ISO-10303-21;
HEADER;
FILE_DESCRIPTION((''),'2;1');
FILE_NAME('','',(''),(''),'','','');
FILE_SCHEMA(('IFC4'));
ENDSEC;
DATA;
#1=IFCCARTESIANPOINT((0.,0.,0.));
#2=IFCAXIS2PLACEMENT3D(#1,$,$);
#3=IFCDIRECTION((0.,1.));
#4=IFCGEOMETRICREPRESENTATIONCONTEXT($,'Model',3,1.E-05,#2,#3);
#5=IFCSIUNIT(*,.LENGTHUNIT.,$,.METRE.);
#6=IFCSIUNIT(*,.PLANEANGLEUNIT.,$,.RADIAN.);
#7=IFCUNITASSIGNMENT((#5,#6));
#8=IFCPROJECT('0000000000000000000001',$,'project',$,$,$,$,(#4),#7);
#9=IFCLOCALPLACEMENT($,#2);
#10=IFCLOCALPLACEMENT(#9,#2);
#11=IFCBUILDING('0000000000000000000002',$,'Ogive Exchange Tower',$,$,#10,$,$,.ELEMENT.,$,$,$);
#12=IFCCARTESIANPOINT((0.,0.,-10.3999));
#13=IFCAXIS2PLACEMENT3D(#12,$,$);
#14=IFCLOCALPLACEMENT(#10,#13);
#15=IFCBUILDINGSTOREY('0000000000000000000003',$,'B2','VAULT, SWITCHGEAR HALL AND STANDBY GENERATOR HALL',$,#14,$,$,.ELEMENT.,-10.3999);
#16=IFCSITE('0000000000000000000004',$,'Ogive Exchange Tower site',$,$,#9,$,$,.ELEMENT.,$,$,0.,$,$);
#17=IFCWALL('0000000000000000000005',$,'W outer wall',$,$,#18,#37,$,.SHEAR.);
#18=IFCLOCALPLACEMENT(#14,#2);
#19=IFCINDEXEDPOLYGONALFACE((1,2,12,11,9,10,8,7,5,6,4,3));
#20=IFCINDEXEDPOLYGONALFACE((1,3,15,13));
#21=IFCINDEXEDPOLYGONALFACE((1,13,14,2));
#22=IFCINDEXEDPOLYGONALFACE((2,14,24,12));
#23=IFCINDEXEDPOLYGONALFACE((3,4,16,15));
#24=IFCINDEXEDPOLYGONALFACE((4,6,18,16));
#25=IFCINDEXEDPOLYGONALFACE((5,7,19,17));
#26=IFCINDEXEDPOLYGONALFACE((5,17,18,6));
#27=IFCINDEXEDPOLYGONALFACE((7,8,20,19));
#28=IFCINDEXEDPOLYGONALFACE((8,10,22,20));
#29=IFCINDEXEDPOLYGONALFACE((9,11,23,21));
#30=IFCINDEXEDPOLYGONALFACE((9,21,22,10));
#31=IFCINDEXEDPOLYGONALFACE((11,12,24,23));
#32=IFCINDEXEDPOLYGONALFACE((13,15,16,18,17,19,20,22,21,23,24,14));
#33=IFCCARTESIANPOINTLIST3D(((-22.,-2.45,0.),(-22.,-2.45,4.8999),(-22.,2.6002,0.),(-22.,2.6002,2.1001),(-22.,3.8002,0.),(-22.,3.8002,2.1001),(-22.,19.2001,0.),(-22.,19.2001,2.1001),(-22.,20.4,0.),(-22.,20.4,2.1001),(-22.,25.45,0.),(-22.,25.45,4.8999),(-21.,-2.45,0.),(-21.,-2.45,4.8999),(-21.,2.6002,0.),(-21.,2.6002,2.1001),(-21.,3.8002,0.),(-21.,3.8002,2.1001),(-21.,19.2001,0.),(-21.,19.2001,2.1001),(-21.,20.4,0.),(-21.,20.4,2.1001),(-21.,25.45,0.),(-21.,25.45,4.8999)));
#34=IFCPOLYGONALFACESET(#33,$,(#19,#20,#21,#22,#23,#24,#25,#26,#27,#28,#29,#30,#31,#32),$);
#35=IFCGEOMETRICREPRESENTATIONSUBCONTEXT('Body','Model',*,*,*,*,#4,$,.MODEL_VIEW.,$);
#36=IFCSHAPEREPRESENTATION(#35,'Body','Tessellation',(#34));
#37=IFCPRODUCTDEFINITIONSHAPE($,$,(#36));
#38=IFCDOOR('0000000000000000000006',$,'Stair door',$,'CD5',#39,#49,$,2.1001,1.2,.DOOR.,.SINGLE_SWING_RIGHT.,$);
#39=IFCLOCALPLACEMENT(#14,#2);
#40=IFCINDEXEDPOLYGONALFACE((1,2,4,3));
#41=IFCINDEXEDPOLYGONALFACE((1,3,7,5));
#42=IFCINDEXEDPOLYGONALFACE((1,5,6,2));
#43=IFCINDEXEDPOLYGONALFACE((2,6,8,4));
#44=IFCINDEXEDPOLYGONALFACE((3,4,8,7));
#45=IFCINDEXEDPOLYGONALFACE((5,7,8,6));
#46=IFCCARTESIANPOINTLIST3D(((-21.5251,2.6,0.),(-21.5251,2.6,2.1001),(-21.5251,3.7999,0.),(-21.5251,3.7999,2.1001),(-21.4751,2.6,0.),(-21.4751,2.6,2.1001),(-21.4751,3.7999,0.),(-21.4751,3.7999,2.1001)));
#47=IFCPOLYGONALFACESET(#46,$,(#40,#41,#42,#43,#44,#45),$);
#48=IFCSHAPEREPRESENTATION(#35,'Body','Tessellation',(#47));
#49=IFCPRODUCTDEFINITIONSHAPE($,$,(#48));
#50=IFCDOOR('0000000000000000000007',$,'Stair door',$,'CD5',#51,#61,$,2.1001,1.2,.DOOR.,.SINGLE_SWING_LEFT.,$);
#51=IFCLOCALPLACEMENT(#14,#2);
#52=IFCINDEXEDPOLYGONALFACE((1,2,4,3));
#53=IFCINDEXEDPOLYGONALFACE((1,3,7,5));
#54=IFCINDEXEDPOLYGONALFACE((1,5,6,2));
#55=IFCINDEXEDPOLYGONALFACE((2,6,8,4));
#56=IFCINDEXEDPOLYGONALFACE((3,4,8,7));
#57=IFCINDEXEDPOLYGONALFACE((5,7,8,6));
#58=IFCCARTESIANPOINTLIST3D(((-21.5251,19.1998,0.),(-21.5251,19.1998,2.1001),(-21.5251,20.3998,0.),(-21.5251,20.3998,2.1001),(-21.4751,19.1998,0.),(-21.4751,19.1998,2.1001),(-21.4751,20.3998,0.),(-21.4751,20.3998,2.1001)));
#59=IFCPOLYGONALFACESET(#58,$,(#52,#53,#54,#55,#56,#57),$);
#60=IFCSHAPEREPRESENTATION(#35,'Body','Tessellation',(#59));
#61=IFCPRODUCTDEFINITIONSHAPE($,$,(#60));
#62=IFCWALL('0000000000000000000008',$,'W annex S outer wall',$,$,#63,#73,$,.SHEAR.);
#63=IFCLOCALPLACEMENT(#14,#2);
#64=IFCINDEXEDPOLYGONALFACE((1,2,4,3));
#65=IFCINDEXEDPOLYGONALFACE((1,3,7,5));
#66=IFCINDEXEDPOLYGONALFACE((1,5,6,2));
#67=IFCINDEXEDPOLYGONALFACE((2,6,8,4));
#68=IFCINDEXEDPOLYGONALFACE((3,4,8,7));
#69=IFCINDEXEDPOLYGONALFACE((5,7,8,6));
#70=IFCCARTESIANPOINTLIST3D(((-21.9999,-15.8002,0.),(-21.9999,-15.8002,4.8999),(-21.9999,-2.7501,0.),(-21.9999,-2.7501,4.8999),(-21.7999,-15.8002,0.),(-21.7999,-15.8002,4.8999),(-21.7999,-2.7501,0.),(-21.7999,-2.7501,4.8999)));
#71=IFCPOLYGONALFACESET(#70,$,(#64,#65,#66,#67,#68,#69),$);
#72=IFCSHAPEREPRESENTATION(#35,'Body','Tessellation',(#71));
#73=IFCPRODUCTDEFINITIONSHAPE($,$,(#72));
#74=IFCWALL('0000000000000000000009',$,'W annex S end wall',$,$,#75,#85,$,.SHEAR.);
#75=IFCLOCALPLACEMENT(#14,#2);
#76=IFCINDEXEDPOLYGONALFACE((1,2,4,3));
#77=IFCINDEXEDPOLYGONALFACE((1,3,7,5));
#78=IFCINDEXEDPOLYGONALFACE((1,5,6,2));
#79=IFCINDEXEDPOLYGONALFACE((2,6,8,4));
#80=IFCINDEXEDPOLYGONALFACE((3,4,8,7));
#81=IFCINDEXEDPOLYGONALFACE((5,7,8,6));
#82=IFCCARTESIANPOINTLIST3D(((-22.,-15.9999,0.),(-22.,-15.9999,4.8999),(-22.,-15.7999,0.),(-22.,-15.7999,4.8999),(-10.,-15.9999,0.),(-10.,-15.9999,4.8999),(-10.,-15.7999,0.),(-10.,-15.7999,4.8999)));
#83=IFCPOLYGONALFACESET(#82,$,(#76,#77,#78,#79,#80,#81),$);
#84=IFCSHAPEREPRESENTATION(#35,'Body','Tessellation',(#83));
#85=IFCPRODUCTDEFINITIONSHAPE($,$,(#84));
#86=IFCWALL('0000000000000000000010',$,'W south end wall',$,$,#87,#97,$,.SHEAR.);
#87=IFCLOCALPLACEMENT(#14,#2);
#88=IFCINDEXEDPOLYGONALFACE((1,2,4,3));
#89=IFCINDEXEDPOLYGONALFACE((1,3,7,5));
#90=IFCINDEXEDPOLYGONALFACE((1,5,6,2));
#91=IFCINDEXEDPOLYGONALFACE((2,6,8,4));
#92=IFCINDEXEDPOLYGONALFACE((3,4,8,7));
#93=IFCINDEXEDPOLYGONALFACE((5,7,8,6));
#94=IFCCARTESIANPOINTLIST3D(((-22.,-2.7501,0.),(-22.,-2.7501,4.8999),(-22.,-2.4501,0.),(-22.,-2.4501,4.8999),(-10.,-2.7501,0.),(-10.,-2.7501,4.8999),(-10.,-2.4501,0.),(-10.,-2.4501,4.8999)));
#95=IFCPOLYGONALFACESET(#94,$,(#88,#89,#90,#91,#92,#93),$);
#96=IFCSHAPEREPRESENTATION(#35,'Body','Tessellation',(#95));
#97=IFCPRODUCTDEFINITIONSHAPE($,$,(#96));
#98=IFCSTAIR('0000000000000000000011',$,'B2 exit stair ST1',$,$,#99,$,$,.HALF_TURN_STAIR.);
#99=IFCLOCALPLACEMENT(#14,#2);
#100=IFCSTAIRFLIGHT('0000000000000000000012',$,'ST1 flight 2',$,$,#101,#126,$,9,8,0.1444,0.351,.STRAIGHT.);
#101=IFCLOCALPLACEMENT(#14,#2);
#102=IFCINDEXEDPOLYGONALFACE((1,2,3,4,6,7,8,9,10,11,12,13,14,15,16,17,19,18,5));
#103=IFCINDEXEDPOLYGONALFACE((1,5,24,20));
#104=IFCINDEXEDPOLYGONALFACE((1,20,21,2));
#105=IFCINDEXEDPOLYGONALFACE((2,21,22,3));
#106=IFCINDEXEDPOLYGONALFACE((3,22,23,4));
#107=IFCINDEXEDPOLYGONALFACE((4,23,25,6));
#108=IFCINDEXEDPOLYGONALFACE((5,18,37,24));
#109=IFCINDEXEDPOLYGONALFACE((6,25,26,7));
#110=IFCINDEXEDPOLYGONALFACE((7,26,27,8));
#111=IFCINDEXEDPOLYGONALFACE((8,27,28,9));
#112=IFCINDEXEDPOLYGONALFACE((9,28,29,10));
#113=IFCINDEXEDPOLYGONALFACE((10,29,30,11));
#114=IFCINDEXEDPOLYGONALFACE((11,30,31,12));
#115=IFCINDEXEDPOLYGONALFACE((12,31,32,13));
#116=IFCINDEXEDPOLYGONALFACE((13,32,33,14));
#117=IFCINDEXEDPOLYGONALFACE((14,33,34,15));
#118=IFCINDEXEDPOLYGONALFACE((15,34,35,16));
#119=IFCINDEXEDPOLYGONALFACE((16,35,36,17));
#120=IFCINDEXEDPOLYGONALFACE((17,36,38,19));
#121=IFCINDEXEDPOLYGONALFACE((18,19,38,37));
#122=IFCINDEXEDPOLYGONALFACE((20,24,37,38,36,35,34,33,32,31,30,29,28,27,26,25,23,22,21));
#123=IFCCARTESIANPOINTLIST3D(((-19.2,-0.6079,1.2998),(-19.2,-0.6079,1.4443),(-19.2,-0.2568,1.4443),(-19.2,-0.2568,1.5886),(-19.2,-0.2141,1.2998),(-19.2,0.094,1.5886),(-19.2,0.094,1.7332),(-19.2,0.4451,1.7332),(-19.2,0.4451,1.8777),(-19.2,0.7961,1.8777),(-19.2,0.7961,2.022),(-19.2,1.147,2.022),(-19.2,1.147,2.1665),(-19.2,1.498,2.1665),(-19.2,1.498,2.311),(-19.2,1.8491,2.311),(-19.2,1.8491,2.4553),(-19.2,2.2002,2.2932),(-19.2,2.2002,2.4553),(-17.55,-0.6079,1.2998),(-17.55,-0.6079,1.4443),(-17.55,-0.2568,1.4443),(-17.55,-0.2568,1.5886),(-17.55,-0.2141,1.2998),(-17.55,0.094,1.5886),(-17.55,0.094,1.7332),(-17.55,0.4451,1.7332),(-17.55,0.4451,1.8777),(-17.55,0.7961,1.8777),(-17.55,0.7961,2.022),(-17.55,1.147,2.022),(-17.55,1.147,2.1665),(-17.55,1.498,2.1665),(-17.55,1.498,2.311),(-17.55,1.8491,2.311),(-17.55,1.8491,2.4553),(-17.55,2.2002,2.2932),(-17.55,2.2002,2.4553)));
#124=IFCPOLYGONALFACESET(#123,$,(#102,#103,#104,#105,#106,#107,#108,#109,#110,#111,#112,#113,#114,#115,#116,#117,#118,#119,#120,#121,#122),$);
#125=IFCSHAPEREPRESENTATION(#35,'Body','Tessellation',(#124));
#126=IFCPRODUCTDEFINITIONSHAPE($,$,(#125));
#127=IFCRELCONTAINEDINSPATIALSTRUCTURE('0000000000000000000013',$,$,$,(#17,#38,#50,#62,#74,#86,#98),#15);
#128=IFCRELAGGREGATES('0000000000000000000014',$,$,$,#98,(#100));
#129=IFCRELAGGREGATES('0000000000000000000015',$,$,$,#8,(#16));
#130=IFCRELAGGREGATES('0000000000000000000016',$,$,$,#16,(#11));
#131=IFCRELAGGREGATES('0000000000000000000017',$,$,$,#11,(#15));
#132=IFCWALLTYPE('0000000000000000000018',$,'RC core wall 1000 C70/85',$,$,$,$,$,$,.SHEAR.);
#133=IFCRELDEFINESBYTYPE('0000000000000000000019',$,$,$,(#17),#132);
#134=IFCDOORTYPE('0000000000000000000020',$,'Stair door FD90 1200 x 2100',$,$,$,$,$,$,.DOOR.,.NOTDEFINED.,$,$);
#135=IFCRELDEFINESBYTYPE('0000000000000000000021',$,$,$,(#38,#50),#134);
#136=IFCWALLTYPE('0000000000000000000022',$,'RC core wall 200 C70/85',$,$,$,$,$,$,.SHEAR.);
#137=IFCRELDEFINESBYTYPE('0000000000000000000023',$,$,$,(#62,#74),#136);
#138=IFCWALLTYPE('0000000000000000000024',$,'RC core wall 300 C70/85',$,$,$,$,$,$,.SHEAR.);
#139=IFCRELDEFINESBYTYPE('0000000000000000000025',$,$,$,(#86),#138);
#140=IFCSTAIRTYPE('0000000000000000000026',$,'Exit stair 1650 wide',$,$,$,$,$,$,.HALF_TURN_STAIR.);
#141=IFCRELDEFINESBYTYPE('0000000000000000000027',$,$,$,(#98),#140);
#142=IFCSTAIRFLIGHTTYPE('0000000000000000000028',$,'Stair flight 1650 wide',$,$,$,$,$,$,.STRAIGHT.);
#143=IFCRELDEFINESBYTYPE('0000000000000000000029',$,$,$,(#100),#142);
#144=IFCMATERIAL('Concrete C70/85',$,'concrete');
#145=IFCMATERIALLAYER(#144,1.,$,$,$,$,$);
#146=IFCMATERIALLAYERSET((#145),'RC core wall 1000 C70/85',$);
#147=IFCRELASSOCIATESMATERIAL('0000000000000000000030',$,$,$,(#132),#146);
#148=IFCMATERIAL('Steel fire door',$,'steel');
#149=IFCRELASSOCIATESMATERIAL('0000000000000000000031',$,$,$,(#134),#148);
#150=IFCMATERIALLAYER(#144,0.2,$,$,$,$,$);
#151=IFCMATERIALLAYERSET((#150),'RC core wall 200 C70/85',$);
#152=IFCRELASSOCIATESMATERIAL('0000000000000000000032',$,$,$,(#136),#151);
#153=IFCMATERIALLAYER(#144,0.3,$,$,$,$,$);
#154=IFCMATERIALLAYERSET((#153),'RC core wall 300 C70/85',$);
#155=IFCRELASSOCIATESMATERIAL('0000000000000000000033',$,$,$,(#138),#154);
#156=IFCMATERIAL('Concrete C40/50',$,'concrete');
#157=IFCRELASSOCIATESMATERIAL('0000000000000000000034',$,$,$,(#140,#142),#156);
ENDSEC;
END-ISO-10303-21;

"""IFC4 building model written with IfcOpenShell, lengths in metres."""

from ifc_helpers import new_model, si_unit, direction, frame, frame_2d, origin, place, context, subcontext, project, spatial, polyline, rectangle, outline, extrude, material, layer, layer_set, type_object, element, fill, aggregate, save


model = new_model("IFC4")

# Units and contexts
model_context = context("Model", 3, precision=1e-05, world=origin(), true_north=direction((0.0, 1.0)))
body_context = subcontext(model_context, "Body", "Model", "MODEL_VIEW")
ifc_project = project(units=[si_unit("LENGTHUNIT", "METRE"), si_unit("PLANEANGLEUNIT", "RADIAN")], contexts=[model_context])

# Site, building, storey
site_placement = place(None, origin())
site = spatial("IfcSite", under=ifc_project, at=site_placement, Name="Ogive Exchange Tower site", CompositionType="ELEMENT", RefElevation=0.0)
building_placement = place(site_placement, origin())
building = spatial("IfcBuilding", under=site, at=building_placement, Name="Ogive Exchange Tower", CompositionType="ELEMENT")
storey_placement = place(building_placement, frame((0.0, 0.0, -10.3999)))
storey = spatial("IfcBuildingStorey", under=building, at=storey_placement, Name="B2", Description="VAULT, SWITCHGEAR HALL AND STANDBY GENERATOR HALL", CompositionType="ELEMENT", Elevation=-10.3999)

# Shared definitions
ifc_material_1 = material(Name="Concrete C40/50", Category="concrete")

# Shared definitions
ifc_material_2 = material(Name="Concrete C70/85", Category="concrete")

# Wall, openings, doors
ifc_layer_1 = layer(ifc_material_2, 1.0)
ifc_layer_set_1 = layer_set([ifc_layer_1], Name="RC core wall 1000 C70/85")
wall_type_1 = type_object("IfcWallType", Name="RC core wall 1000 C70/85", PredefinedType="SHEAR", material=ifc_layer_set_1)
wall_1_placement = place(storey_placement, frame((-21.5, -2.45, 0.0), z_axis=(0.0, 0.0, 1.0), x_axis=(0.0, 1.0, 0.0)))
wall_1 = element("IfcWall", 1, at=wall_1_placement, inside=storey, type_object=wall_type_1, Name="W outer wall", PredefinedType="SHEAR", context=body_context, shape_type="SweptSolid", body=[
    extrude(rectangle(XDim=27.8999, YDim=1.0, at=frame_2d((13.95, 0.0))), origin(), (0.0, 0.0, 1.0), 4.8999),
])
opening_1_placement = place(wall_1_placement, frame((5.05, 0.0, 0.0)))
opening_1 = element("IfcOpeningElement", 2, at=opening_1_placement, cuts=wall_1, PredefinedType="OPENING", context=body_context, shape_type="SweptSolid", body=[
    extrude(rectangle(XDim=1.2, YDim=2.1001, at=frame_2d((0.6001, 1.05))), frame((0.0, 0.51, 0.0), z_axis=(0.0, -1.0, 0.0), x_axis=(1.0, 0.0, 0.0)), (0.0, 0.0, 1.0), 1.02),
])
opening_2_placement = place(wall_1_placement, frame((21.6499, 0.0, 0.0)))
opening_2 = element("IfcOpeningElement", 3, at=opening_2_placement, cuts=wall_1, PredefinedType="OPENING", context=body_context, shape_type="SweptSolid", body=[
    extrude(rectangle(XDim=1.2, YDim=2.1001, at=frame_2d((0.6001, 1.05))), frame((0.0, 0.51, 0.0), z_axis=(0.0, -1.0, 0.0), x_axis=(1.0, 0.0, 0.0)), (0.0, 0.0, 1.0), 1.02),
])
ifc_material_3 = material(Name="Steel fire door", Category="steel")
door_type_1 = type_object("IfcDoorType", Name="Stair door FD90 1200 x 2100", OperationType="NOTDEFINED", PredefinedType="DOOR", material=ifc_material_3)
door_1_placement = place(opening_1_placement, frame((1.2, 0.0, 0.0), z_axis=(0.0, 0.0, 1.0), x_axis=(-1.0, 0.0, 0.0)))
door_1 = element("IfcDoor", 4, at=door_1_placement, inside=storey, type_object=door_type_1, Name="Stair door", ObjectType="CD5", OperationType="SINGLE_SWING_RIGHT", OverallHeight=2.1001, OverallWidth=1.2, PredefinedType="DOOR", context=body_context, shape_type="SweptSolid", body=[
    extrude(rectangle(XDim=1.2, YDim=2.1001, at=frame_2d((0.6001, 1.05))), frame((0.0, 0.0249, 0.0), z_axis=(0.0, -1.0, 0.0), x_axis=(1.0, 0.0, 0.0)), (0.0, 0.0, 1.0), 0.05),
])
fill(opening_1, door_1)
door_2_placement = place(opening_2_placement, frame((1.2, 0.0, 0.0), z_axis=(0.0, 0.0, 1.0), x_axis=(-1.0, 0.0, 0.0)))
door_2 = element("IfcDoor", 5, at=door_2_placement, inside=storey, type_object=door_type_1, Name="Stair door", ObjectType="CD5", OperationType="SINGLE_SWING_LEFT", OverallHeight=2.1001, OverallWidth=1.2, PredefinedType="DOOR", context=body_context, shape_type="SweptSolid", body=[
    extrude(rectangle(XDim=1.2, YDim=2.1001, at=frame_2d((0.6001, 1.05))), frame((0.0, 0.0249, 0.0), z_axis=(0.0, -1.0, 0.0), x_axis=(1.0, 0.0, 0.0)), (0.0, 0.0, 1.0), 0.05),
])
fill(opening_2, door_2)

# Walls
ifc_layer_2 = layer(ifc_material_2, 0.2)
ifc_layer_set_2 = layer_set([ifc_layer_2], Name="RC core wall 200 C70/85")
wall_type_2 = type_object("IfcWallType", Name="RC core wall 200 C70/85", PredefinedType="SHEAR", material=ifc_layer_set_2)
wall_2_placement = place(storey_placement, frame((-21.8999, -15.8, 0.0), z_axis=(0.0, 0.0, 1.0), x_axis=(0.0, 1.0, 0.0)))
element("IfcWall", 6, at=wall_2_placement, inside=storey, type_object=wall_type_2, Name="W annex S outer wall", PredefinedType="SHEAR", context=body_context, shape_type="SweptSolid", body=[
    extrude(rectangle(XDim=13.05, YDim=0.2, at=frame_2d((6.5249, 0.0))), origin(), (0.0, 0.0, 1.0), 4.8999),
])
wall_3_placement = place(storey_placement, frame((-22.0, -15.8999, 0.0), z_axis=(0.0, 0.0, 1.0), x_axis=(1.0, 0.0, 0.0)))
element("IfcWall", 7, at=wall_3_placement, inside=storey, type_object=wall_type_2, Name="W annex S end wall", PredefinedType="SHEAR", context=body_context, shape_type="SweptSolid", body=[
    extrude(rectangle(XDim=12.0, YDim=0.2, at=frame_2d((6.0, 0.0))), origin(), (0.0, 0.0, 1.0), 4.8999),
])
ifc_layer_3 = layer(ifc_material_2, 0.3)
ifc_layer_set_3 = layer_set([ifc_layer_3], Name="RC core wall 300 C70/85")
wall_type_3 = type_object("IfcWallType", Name="RC core wall 300 C70/85", PredefinedType="SHEAR", material=ifc_layer_set_3)
wall_4_placement = place(storey_placement, frame((-22.0, -2.6001, 0.0), z_axis=(0.0, 0.0, 1.0), x_axis=(1.0, 0.0, 0.0)))
element("IfcWall", 8, at=wall_4_placement, inside=storey, type_object=wall_type_3, Name="W south end wall", PredefinedType="SHEAR", context=body_context, shape_type="SweptSolid", body=[
    extrude(rectangle(XDim=12.0, YDim=0.3, at=frame_2d((6.0, 0.0))), origin(), (0.0, 0.0, 1.0), 4.8999),
])

# Stair, stair flight
stair_type = type_object("IfcStairType", Name="Exit stair 1650 wide", PredefinedType="HALF_TURN_STAIR", material=ifc_material_1)
stair_placement = place(storey_placement, origin())
stair = element("IfcStair", 9, at=stair_placement, inside=storey, type_object=stair_type, Name="B2 exit stair ST1", PredefinedType="HALF_TURN_STAIR")
stair_flight_type = type_object("IfcStairFlightType", Name="Stair flight 1650 wide", PredefinedType="STRAIGHT", material=ifc_material_1)
stair_flight_placement = place(storey_placement, frame((-18.375, -0.6079, 1.2998), z_axis=(0.0, 0.0, 1.0), x_axis=(0.0, 1.0, 0.0)))
stair_flight = element("IfcStairFlight", 10, at=stair_flight_placement, type_object=stair_flight_type, Name="ST1 flight 2", NumberOfRisers=9, NumberOfTreads=8, PredefinedType="STRAIGHT", RiserHeight=0.1444, TreadLength=0.351, context=body_context, shape_type="SweptSolid", body=[
    extrude(outline(polyline([(0.0, 0.0), (0.0, 0.1445), (0.3511, 0.1445), (0.3511, 0.2888), (0.7019, 0.2888), (0.7019, 0.4333), (1.053, 0.4333), (1.053, 0.5779), (1.4041, 0.5779), (1.4041, 0.7222), (1.7549, 0.7222), (1.7549, 0.8667), (2.106, 0.8667), (2.106, 1.0112), (2.457, 1.0112), (2.457, 1.1555), (2.8081, 1.1555), (2.8081, 1.3), (2.8081, 0.9934), (0.3938, 0.0), (0.0, 0.0)])), frame((0.0, 0.825, 0.0), z_axis=(0.0, -1.0, 0.0), x_axis=(1.0, 0.0, 0.0)), (0.0, 0.0, 1.0), 1.6499),
])
aggregate(stair, [stair_flight])

save(model, "model.ifc")
